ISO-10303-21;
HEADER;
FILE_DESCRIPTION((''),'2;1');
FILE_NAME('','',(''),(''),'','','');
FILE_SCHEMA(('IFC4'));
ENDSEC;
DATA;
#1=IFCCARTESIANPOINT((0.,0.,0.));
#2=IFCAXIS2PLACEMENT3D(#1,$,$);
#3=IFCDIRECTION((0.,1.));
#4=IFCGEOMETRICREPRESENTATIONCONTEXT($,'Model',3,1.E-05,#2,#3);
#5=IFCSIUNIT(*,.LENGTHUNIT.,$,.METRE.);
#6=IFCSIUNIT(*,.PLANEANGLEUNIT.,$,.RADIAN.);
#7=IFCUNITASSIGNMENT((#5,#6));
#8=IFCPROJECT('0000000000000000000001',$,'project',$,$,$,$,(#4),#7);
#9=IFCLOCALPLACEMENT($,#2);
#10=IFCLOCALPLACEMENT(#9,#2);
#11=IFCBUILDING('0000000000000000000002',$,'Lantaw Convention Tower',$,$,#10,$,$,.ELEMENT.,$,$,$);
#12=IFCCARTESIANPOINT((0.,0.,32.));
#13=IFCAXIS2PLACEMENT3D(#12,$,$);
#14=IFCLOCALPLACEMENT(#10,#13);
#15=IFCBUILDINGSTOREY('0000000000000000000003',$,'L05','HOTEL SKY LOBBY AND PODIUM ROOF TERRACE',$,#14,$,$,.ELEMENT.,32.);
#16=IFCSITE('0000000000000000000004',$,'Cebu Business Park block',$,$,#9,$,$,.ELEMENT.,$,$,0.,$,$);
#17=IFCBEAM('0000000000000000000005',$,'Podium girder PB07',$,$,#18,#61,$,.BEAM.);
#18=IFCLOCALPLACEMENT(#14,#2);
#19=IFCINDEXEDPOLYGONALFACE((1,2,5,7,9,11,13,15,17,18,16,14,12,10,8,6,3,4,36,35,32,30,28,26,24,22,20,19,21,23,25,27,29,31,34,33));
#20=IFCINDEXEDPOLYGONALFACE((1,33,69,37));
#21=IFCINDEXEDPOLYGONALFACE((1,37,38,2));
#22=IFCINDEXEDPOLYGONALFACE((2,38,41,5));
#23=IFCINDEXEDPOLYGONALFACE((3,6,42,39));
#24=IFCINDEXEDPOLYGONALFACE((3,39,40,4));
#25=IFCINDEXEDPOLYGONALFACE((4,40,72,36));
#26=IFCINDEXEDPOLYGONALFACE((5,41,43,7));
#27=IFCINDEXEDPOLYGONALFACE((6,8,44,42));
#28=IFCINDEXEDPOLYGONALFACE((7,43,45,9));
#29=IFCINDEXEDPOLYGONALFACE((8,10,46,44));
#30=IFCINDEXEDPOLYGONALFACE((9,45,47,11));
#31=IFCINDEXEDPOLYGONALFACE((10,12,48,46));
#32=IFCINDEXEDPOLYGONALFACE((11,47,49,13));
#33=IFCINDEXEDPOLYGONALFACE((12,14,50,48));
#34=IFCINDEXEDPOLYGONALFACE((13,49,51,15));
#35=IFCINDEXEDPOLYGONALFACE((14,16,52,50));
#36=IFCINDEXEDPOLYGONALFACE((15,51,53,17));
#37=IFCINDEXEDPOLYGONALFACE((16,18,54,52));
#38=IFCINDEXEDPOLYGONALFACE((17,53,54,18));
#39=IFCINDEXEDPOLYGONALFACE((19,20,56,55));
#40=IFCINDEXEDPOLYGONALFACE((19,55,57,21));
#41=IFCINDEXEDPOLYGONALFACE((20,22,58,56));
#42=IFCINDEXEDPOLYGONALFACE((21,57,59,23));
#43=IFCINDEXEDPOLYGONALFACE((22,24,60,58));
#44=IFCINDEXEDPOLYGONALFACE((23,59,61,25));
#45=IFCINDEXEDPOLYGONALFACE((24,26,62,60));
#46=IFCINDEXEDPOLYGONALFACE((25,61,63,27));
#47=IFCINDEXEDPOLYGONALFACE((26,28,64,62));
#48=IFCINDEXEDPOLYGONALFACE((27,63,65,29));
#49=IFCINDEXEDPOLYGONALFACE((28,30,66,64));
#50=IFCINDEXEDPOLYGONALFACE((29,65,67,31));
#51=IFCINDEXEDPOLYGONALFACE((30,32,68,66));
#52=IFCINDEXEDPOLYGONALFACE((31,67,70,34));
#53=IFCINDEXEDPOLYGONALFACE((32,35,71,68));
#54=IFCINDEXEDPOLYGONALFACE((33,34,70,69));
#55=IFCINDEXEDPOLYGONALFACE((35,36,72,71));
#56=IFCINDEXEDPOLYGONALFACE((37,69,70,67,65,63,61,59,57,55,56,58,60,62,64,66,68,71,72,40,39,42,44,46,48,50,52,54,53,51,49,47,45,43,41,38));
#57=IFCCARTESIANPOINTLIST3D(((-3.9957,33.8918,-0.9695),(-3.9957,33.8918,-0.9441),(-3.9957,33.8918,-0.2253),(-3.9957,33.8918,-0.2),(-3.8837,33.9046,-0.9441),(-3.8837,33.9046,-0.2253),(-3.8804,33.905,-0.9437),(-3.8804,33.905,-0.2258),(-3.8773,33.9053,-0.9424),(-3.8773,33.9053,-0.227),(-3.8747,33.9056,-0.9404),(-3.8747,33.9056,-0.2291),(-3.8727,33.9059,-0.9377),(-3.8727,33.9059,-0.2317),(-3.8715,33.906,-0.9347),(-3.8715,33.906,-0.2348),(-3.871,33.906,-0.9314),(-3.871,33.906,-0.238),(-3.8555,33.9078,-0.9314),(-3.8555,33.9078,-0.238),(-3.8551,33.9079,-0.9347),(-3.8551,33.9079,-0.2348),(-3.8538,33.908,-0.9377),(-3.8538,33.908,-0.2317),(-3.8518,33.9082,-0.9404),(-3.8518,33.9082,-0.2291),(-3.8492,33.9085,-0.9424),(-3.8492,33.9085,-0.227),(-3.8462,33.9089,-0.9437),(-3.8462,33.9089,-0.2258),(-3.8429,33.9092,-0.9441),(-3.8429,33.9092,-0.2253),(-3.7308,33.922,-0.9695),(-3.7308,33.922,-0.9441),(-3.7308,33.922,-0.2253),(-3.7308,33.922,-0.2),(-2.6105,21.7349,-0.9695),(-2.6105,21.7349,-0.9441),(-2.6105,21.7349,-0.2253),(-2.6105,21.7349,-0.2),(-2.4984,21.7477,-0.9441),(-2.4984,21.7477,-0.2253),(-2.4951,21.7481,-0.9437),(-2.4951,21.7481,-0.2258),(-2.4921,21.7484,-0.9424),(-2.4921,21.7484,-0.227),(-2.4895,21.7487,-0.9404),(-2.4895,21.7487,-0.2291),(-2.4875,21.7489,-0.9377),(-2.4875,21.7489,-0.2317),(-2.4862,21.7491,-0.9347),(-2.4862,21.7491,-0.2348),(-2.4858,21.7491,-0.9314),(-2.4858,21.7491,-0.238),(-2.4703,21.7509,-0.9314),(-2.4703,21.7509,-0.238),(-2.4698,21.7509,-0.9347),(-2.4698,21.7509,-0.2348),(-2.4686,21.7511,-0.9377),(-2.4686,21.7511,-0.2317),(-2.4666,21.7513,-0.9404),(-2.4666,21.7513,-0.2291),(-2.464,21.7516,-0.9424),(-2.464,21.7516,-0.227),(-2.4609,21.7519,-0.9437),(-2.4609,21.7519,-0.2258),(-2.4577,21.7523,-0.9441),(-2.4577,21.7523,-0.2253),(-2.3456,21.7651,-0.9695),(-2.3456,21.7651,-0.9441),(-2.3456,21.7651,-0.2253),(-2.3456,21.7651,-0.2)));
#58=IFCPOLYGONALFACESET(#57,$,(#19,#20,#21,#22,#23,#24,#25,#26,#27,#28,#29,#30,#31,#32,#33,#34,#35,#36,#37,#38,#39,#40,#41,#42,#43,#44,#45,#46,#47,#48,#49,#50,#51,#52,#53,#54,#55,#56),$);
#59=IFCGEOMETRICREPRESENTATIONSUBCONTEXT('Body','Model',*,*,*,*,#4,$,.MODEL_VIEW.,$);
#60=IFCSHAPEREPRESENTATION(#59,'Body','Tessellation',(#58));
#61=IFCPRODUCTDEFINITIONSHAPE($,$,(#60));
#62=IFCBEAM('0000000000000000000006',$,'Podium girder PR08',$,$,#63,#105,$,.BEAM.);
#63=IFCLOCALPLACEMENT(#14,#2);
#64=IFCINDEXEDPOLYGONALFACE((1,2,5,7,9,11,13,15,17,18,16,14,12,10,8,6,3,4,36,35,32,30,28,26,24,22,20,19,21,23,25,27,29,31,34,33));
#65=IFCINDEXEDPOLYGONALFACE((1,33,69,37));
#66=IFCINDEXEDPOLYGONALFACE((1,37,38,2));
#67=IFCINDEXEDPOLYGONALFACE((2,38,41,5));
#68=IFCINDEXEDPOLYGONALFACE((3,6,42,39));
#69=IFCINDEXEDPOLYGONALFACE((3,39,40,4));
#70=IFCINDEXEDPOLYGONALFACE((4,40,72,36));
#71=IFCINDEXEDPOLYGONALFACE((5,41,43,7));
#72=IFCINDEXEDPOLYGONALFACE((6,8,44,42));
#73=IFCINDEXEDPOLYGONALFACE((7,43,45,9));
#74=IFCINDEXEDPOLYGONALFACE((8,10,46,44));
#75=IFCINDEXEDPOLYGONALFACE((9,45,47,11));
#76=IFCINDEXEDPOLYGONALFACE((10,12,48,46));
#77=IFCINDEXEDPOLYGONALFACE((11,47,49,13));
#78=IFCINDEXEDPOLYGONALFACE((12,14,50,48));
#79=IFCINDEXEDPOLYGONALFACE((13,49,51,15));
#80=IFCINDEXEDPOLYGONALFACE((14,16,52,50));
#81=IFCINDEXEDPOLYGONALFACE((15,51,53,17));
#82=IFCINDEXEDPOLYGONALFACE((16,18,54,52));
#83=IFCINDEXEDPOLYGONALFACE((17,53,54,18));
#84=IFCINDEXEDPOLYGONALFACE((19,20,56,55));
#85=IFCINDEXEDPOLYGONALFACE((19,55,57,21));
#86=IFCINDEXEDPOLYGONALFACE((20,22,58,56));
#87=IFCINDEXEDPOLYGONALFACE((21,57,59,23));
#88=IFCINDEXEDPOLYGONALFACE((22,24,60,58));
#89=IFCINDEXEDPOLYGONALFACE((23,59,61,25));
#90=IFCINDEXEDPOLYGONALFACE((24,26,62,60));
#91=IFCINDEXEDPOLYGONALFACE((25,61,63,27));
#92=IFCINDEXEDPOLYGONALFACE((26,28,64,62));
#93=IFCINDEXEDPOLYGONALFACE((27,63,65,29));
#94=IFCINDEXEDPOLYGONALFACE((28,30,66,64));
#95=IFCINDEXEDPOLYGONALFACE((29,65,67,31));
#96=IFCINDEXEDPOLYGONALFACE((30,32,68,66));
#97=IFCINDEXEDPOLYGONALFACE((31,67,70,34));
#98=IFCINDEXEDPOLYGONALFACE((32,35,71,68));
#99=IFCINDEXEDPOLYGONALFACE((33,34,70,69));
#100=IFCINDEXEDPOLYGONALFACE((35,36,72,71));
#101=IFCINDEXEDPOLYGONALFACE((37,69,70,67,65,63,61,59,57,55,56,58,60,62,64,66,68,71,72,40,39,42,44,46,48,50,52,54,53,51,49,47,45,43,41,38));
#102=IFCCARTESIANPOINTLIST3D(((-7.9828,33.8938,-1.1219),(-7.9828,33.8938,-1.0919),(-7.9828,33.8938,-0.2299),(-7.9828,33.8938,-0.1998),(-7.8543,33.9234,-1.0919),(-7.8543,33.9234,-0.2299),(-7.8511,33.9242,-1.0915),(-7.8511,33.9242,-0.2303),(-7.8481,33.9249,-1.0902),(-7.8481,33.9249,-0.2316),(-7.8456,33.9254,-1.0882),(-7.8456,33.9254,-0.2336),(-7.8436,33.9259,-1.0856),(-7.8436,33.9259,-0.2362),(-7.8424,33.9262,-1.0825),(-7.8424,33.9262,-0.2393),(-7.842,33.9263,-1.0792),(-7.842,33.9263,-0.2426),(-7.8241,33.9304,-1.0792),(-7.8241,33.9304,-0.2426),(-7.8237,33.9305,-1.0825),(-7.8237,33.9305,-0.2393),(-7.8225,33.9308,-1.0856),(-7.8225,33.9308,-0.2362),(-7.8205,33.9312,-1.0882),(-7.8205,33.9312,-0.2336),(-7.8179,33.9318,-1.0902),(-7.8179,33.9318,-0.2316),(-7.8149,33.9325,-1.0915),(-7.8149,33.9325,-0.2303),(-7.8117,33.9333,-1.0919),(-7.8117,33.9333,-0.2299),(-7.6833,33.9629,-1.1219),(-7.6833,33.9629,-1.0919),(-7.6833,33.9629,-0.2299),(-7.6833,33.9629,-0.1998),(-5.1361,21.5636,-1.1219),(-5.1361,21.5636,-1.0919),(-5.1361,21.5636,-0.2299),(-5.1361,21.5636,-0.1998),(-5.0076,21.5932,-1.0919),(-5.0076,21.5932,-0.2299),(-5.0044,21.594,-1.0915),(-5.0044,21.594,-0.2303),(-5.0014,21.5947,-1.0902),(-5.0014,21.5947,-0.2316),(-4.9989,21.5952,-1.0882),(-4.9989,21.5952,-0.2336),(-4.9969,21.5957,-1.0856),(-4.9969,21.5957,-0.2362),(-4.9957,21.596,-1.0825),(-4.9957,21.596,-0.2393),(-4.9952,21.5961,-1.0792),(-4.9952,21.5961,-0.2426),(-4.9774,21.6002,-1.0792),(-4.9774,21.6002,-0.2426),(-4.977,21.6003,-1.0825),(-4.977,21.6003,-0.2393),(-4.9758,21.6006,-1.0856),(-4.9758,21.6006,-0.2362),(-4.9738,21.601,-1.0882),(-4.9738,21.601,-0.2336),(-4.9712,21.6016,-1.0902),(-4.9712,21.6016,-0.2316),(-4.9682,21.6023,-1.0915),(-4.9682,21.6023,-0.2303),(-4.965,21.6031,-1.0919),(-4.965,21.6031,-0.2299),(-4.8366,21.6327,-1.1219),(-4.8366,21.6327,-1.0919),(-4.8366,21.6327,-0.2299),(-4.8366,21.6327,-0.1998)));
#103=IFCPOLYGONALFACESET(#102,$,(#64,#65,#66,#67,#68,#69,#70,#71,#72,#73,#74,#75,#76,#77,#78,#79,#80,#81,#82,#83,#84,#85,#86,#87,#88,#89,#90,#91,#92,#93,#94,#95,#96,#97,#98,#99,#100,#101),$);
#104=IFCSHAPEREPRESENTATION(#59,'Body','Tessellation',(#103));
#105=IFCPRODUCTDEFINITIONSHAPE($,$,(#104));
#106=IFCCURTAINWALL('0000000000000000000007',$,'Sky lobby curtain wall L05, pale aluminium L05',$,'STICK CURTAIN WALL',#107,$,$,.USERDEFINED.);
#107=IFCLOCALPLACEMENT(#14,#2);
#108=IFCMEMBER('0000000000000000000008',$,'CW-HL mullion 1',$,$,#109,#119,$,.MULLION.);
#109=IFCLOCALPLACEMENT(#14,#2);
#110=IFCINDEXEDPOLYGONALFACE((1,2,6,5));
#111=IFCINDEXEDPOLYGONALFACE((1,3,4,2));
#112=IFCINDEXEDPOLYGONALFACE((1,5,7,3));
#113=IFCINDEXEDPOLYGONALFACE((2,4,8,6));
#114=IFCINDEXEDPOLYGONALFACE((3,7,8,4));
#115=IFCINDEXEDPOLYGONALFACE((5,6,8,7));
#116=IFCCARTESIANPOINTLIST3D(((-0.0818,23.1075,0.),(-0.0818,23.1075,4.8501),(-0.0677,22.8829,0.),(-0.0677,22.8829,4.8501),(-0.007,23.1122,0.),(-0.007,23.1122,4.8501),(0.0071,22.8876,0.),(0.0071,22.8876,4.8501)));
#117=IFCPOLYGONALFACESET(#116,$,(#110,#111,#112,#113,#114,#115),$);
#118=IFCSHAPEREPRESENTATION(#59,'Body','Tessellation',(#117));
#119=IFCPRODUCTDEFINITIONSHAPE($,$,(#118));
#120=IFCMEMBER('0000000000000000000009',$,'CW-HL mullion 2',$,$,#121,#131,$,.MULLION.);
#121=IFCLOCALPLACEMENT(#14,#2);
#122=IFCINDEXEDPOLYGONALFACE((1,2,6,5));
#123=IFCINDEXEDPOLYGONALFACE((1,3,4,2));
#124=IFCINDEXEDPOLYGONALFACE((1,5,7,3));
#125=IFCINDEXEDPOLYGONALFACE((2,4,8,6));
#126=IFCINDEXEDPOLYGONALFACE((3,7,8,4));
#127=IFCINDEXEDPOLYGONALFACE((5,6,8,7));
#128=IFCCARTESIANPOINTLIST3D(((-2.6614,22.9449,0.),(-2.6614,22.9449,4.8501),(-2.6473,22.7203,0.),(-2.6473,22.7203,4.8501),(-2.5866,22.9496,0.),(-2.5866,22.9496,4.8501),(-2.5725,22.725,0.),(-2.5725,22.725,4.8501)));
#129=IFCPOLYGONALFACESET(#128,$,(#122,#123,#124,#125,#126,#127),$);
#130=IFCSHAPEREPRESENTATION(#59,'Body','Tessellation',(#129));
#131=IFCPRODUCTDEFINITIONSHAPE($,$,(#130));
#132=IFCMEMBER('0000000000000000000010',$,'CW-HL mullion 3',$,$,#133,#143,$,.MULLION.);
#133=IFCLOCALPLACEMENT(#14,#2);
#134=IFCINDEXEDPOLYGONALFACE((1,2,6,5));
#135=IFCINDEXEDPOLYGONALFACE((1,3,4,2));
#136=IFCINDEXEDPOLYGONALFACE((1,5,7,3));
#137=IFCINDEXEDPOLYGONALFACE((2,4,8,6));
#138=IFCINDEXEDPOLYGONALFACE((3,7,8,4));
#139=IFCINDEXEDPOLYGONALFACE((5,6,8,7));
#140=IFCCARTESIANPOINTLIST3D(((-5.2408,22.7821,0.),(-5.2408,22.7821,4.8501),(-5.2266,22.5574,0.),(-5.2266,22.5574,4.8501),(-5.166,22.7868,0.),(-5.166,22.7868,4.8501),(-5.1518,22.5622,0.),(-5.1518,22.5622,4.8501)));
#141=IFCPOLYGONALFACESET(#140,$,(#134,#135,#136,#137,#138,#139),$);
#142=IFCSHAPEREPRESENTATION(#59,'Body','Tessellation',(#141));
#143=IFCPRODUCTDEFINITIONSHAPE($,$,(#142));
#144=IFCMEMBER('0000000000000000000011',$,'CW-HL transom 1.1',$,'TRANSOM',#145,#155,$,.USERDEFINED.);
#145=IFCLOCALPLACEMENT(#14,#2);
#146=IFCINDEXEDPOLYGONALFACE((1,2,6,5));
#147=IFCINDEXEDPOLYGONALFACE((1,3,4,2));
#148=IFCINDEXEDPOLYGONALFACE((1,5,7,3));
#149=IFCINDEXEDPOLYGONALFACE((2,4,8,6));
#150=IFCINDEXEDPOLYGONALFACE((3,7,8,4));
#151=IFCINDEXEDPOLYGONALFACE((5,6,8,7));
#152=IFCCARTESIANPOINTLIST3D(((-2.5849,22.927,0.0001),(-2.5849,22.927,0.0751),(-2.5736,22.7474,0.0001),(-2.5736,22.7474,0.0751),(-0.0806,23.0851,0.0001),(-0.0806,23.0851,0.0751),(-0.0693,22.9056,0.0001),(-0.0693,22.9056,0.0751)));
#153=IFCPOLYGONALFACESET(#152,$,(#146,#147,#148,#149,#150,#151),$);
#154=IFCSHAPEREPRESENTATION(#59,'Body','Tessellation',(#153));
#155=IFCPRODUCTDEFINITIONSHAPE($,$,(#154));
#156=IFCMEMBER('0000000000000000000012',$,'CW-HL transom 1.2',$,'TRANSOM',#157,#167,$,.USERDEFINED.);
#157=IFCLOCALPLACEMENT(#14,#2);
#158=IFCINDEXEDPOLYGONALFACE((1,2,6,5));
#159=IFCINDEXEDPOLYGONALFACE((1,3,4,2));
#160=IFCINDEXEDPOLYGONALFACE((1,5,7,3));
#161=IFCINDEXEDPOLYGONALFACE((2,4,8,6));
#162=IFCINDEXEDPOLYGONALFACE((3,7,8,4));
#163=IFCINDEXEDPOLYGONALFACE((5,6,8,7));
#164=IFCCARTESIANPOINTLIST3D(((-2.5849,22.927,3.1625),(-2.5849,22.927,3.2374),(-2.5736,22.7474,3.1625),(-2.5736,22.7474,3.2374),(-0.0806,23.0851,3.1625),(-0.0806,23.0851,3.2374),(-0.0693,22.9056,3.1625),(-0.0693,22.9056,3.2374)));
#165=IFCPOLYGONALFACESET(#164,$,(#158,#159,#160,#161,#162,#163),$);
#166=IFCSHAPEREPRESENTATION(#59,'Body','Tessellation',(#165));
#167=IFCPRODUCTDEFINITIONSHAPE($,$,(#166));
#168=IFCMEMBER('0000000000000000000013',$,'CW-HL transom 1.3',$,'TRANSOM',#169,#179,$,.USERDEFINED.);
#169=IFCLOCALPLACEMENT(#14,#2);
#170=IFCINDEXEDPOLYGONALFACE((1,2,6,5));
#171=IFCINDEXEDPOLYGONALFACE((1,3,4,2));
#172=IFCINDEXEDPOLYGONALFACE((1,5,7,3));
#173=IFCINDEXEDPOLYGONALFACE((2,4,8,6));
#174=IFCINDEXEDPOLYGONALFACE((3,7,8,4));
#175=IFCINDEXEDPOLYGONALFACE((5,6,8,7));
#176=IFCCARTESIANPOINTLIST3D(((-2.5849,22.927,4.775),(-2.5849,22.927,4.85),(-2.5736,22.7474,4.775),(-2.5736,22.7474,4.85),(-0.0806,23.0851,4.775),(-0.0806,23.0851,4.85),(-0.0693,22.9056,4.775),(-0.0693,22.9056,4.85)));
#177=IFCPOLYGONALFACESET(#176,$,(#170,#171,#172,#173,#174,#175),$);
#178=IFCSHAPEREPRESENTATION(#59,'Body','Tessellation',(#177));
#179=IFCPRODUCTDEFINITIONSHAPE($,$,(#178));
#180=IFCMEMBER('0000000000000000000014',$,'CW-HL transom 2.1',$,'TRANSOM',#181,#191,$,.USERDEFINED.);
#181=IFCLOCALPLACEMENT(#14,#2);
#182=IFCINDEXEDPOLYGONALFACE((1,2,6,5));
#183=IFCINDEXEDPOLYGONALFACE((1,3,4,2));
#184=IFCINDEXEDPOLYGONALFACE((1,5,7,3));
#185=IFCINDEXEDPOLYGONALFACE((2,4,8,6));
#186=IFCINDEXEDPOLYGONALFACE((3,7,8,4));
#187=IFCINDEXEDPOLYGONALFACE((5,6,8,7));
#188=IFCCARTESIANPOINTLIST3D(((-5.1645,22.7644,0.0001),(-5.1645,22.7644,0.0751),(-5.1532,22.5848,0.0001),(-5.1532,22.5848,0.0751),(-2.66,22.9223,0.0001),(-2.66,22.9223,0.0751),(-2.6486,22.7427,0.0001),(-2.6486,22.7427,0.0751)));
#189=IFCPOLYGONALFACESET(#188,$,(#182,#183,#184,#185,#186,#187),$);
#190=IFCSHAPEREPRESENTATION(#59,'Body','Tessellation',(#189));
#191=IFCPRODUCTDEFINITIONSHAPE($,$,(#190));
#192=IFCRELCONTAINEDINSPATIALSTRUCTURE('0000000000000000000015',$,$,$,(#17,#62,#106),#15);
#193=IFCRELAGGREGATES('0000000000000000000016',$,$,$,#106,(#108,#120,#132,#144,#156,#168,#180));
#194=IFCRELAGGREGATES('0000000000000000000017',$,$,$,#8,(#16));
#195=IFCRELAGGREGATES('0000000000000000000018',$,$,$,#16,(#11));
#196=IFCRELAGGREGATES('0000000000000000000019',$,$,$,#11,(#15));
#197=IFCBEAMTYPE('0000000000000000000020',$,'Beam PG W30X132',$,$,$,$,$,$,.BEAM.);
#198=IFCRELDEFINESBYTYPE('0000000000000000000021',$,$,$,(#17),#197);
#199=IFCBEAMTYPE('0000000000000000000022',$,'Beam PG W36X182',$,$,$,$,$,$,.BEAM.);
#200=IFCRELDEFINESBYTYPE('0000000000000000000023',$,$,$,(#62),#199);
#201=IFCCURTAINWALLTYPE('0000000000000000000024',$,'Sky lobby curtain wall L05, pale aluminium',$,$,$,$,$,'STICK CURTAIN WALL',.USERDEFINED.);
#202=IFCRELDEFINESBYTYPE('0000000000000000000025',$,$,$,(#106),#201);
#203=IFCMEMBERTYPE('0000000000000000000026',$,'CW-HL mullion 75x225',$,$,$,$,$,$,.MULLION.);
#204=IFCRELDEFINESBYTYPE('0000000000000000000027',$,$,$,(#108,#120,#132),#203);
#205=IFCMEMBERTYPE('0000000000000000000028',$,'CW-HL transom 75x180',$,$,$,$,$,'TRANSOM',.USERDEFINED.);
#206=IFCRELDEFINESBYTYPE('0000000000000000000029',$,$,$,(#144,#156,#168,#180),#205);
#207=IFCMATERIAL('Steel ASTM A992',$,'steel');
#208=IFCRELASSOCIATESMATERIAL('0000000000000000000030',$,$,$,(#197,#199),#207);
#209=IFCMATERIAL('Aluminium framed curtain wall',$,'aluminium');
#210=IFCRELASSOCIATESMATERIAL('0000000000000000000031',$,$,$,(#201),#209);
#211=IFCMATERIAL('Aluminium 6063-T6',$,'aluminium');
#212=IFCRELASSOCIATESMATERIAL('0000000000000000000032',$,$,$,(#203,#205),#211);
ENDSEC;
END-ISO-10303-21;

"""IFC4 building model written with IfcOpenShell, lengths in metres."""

from ifc_helpers import new_model, si_unit, direction, frame, origin, origin_2d, place, context, subcontext, project, spatial, rectangle, i_section, extrude, material, material_profile, profile_set, type_object, element, aggregate, save


model = new_model("IFC4")

# Units and contexts
model_context = context("Model", 3, precision=1e-05, world=origin(), true_north=direction((0.0, 1.0)))
body_context = subcontext(model_context, "Body", "Model", "MODEL_VIEW")
ifc_project = project(units=[si_unit("LENGTHUNIT", "METRE"), si_unit("PLANEANGLEUNIT", "RADIAN")], contexts=[model_context])

# Site, building, storey
site_placement = place(None, origin())
site = spatial("IfcSite", under=ifc_project, at=site_placement, Name="Cebu Business Park block", CompositionType="ELEMENT", RefElevation=0.0)
building_placement = place(site_placement, origin())
building = spatial("IfcBuilding", under=site, at=building_placement, Name="Lantaw Convention Tower", CompositionType="ELEMENT")
storey_placement = place(building_placement, frame((0.0, 0.0, 32.0)))
storey = spatial("IfcBuildingStorey", under=building, at=storey_placement, Name="L05", Description="HOTEL SKY LOBBY AND PODIUM ROOF TERRACE", CompositionType="ELEMENT", Elevation=32.0)

# Beams
ifc_material_1 = material(Name="Steel ASTM A992", Category="steel")
ifc_material_profile_1 = material_profile(ifc_material_1, i_section(OverallWidth=0.2666, OverallDepth=0.7695, WebThickness=0.0156, FlangeThickness=0.0254, FilletRadius=0.0127, at=origin_2d()), Name="W30X132")
ifc_profile_set_1 = profile_set([ifc_material_profile_1], Name="Steel ASTM A992")
beam_type_1 = type_object("IfcBeamType", Name="Beam PG W30X132", PredefinedType="BEAM", material=ifc_profile_set_1)
beam_1_placement = place(storey_placement, frame((-2.478, 21.75, -0.5847), z_axis=(-0.113215, 0.993571, 0.0), x_axis=(-0.993571, -0.113215, 0.0)))
element("IfcBeam", 1, at=beam_1_placement, inside=storey, type_object=beam_type_1, Name="Podium girder PB07", PredefinedType="BEAM", context=body_context, shape_type="SweptSolid", body=[
    extrude(i_section(OverallWidth=0.2666, OverallDepth=0.7695, WebThickness=0.0156, FlangeThickness=0.0254, FilletRadius=0.0127, at=origin_2d()), origin(), (0.0, 0.0, 1.0), 12.2356),
])
ifc_material_profile_2 = material_profile(ifc_material_1, i_section(OverallWidth=0.3074, OverallDepth=0.9221, WebThickness=0.0183, FlangeThickness=0.03, FilletRadius=0.0127, at=origin_2d()), Name="W36X182")
ifc_profile_set_2 = profile_set([ifc_material_profile_2], Name="Steel ASTM A992")
beam_type_2 = type_object("IfcBeamType", Name="Beam PG W36X182", PredefinedType="BEAM", material=ifc_profile_set_2)
beam_2_placement = place(storey_placement, frame((-4.9863, 21.5981, -0.6609), z_axis=(-0.224955, 0.974369, 0.0), x_axis=(-0.974369, -0.224955, 0.0)))
element("IfcBeam", 2, at=beam_2_placement, inside=storey, type_object=beam_type_2, Name="Podium girder PR08", PredefinedType="BEAM", context=body_context, shape_type="SweptSolid", body=[
    extrude(i_section(OverallWidth=0.3074, OverallDepth=0.9221, WebThickness=0.0183, FlangeThickness=0.03, FilletRadius=0.0127, at=origin_2d()), origin(), (0.0, 0.0, 1.0), 12.6545),
])

# Curtain wall, members
ifc_material_2 = material(Name="Aluminium framed curtain wall", Category="aluminium")
curtain_wall_type = type_object("IfcCurtainWallType", Name="Sky lobby curtain wall L05, pale aluminium", ElementType="STICK CURTAIN WALL", PredefinedType="USERDEFINED", material=ifc_material_2)
curtain_wall_placement = place(storey_placement, origin())
curtain_wall = element("IfcCurtainWall", 3, at=curtain_wall_placement, inside=storey, type_object=curtain_wall_type, Name="Sky lobby curtain wall L05, pale aluminium L05", ObjectType="STICK CURTAIN WALL", PredefinedType="USERDEFINED")
ifc_material_3 = material(Name="Aluminium 6063-T6", Category="aluminium")
ifc_material_profile_3 = material_profile(ifc_material_3, rectangle(XDim=0.2251, YDim=0.075, at=origin_2d()), Name="CW-HL mullion 75x225")
ifc_profile_set_3 = profile_set([ifc_material_profile_3], Name="Aluminium 6063-T6")
member_type_1 = type_object("IfcMemberType", Name="CW-HL mullion 75x225", PredefinedType="MULLION", material=ifc_profile_set_3)
member_1_placement = place(storey_placement, frame((-0.0374, 22.9976, 0.0), z_axis=(0.0, 0.0, 1.0), x_axis=(0.062958, -0.998016, 0.0)))
member_1 = element("IfcMember", 4, at=member_1_placement, type_object=member_type_1, Name="CW-HL mullion 1", PredefinedType="MULLION", context=body_context, shape_type="SweptSolid", body=[
    extrude(rectangle(XDim=0.2251, YDim=0.075, at=origin_2d()), origin(), (0.0, 0.0, 1.0), 4.8501),
])
member_2_placement = place(storey_placement, frame((-2.6169, 22.835, 0.0), z_axis=(0.0, 0.0, 1.0), x_axis=(0.062958, -0.998016, 0.0)))
member_2 = element("IfcMember", 5, at=member_2_placement, type_object=member_type_1, Name="CW-HL mullion 2", PredefinedType="MULLION", context=body_context, shape_type="SweptSolid", body=[
    extrude(rectangle(XDim=0.2251, YDim=0.075, at=origin_2d()), origin(), (0.0, 0.0, 1.0), 4.8501),
])
member_3_placement = place(storey_placement, frame((-5.1963, 22.6721, 0.0), z_axis=(0.0, 0.0, 1.0), x_axis=(0.062958, -0.998016, 0.0)))
member_3 = element("IfcMember", 6, at=member_3_placement, type_object=member_type_1, Name="CW-HL mullion 3", PredefinedType="MULLION", context=body_context, shape_type="SweptSolid", body=[
    extrude(rectangle(XDim=0.2251, YDim=0.075, at=origin_2d()), origin(), (0.0, 0.0, 1.0), 4.8501),
])
ifc_material_profile_4 = material_profile(ifc_material_3, rectangle(XDim=0.1799, YDim=0.075, at=origin_2d()), Name="CW-HL transom 75x180")
ifc_profile_set_4 = profile_set([ifc_material_profile_4], Name="Aluminium 6063-T6")
member_type_2 = type_object("IfcMemberType", Name="CW-HL transom 75x180", ElementType="TRANSOM", PredefinedType="USERDEFINED", material=ifc_profile_set_4)
member_4_placement = place(storey_placement, frame((-0.075, 22.9954, 0.0376), z_axis=(-0.998011, -0.063045, 0.0), x_axis=(0.063045, -0.998011, 0.0)))
member_4 = element("IfcMember", 7, at=member_4_placement, type_object=member_type_2, Name="CW-HL transom 1.1", ObjectType="TRANSOM", PredefinedType="USERDEFINED", context=body_context, shape_type="SweptSolid", body=[
    extrude(rectangle(XDim=0.1799, YDim=0.075, at=origin_2d()), origin(), (0.0, 0.0, 1.0), 2.5093),
])
member_5_placement = place(storey_placement, frame((-0.075, 22.9954, 3.2), z_axis=(-0.998011, -0.063045, 0.0), x_axis=(0.063045, -0.998011, 0.0)))
member_5 = element("IfcMember", 8, at=member_5_placement, type_object=member_type_2, Name="CW-HL transom 1.2", ObjectType="TRANSOM", PredefinedType="USERDEFINED", context=body_context, shape_type="SweptSolid", body=[
    extrude(rectangle(XDim=0.1799, YDim=0.075, at=origin_2d()), origin(), (0.0, 0.0, 1.0), 2.5093),
])
member_6_placement = place(storey_placement, frame((-0.075, 22.9954, 4.8125), z_axis=(-0.998011, -0.063045, 0.0), x_axis=(0.063045, -0.998011, 0.0)))
member_6 = element("IfcMember", 9, at=member_6_placement, type_object=member_type_2, Name="CW-HL transom 1.3", ObjectType="TRANSOM", PredefinedType="USERDEFINED", context=body_context, shape_type="SweptSolid", body=[
    extrude(rectangle(XDim=0.1799, YDim=0.075, at=origin_2d()), origin(), (0.0, 0.0, 1.0), 2.5093),
])
member_7_placement = place(storey_placement, frame((-2.6543, 22.8325, 0.0376), z_axis=(-0.998017, -0.062942, 0.0), x_axis=(0.062942, -0.998017, 0.0)))
member_7 = element("IfcMember", 10, at=member_7_placement, type_object=member_type_2, Name="CW-HL transom 2.1", ObjectType="TRANSOM", PredefinedType="USERDEFINED", context=body_context, shape_type="SweptSolid", body=[
    extrude(rectangle(XDim=0.1799, YDim=0.075, at=origin_2d()), origin(), (0.0, 0.0, 1.0), 2.5095),
])
aggregate(curtain_wall, [member_1, member_2, member_3, member_4, member_5, member_6, member_7])

save(model, "model.ifc")
